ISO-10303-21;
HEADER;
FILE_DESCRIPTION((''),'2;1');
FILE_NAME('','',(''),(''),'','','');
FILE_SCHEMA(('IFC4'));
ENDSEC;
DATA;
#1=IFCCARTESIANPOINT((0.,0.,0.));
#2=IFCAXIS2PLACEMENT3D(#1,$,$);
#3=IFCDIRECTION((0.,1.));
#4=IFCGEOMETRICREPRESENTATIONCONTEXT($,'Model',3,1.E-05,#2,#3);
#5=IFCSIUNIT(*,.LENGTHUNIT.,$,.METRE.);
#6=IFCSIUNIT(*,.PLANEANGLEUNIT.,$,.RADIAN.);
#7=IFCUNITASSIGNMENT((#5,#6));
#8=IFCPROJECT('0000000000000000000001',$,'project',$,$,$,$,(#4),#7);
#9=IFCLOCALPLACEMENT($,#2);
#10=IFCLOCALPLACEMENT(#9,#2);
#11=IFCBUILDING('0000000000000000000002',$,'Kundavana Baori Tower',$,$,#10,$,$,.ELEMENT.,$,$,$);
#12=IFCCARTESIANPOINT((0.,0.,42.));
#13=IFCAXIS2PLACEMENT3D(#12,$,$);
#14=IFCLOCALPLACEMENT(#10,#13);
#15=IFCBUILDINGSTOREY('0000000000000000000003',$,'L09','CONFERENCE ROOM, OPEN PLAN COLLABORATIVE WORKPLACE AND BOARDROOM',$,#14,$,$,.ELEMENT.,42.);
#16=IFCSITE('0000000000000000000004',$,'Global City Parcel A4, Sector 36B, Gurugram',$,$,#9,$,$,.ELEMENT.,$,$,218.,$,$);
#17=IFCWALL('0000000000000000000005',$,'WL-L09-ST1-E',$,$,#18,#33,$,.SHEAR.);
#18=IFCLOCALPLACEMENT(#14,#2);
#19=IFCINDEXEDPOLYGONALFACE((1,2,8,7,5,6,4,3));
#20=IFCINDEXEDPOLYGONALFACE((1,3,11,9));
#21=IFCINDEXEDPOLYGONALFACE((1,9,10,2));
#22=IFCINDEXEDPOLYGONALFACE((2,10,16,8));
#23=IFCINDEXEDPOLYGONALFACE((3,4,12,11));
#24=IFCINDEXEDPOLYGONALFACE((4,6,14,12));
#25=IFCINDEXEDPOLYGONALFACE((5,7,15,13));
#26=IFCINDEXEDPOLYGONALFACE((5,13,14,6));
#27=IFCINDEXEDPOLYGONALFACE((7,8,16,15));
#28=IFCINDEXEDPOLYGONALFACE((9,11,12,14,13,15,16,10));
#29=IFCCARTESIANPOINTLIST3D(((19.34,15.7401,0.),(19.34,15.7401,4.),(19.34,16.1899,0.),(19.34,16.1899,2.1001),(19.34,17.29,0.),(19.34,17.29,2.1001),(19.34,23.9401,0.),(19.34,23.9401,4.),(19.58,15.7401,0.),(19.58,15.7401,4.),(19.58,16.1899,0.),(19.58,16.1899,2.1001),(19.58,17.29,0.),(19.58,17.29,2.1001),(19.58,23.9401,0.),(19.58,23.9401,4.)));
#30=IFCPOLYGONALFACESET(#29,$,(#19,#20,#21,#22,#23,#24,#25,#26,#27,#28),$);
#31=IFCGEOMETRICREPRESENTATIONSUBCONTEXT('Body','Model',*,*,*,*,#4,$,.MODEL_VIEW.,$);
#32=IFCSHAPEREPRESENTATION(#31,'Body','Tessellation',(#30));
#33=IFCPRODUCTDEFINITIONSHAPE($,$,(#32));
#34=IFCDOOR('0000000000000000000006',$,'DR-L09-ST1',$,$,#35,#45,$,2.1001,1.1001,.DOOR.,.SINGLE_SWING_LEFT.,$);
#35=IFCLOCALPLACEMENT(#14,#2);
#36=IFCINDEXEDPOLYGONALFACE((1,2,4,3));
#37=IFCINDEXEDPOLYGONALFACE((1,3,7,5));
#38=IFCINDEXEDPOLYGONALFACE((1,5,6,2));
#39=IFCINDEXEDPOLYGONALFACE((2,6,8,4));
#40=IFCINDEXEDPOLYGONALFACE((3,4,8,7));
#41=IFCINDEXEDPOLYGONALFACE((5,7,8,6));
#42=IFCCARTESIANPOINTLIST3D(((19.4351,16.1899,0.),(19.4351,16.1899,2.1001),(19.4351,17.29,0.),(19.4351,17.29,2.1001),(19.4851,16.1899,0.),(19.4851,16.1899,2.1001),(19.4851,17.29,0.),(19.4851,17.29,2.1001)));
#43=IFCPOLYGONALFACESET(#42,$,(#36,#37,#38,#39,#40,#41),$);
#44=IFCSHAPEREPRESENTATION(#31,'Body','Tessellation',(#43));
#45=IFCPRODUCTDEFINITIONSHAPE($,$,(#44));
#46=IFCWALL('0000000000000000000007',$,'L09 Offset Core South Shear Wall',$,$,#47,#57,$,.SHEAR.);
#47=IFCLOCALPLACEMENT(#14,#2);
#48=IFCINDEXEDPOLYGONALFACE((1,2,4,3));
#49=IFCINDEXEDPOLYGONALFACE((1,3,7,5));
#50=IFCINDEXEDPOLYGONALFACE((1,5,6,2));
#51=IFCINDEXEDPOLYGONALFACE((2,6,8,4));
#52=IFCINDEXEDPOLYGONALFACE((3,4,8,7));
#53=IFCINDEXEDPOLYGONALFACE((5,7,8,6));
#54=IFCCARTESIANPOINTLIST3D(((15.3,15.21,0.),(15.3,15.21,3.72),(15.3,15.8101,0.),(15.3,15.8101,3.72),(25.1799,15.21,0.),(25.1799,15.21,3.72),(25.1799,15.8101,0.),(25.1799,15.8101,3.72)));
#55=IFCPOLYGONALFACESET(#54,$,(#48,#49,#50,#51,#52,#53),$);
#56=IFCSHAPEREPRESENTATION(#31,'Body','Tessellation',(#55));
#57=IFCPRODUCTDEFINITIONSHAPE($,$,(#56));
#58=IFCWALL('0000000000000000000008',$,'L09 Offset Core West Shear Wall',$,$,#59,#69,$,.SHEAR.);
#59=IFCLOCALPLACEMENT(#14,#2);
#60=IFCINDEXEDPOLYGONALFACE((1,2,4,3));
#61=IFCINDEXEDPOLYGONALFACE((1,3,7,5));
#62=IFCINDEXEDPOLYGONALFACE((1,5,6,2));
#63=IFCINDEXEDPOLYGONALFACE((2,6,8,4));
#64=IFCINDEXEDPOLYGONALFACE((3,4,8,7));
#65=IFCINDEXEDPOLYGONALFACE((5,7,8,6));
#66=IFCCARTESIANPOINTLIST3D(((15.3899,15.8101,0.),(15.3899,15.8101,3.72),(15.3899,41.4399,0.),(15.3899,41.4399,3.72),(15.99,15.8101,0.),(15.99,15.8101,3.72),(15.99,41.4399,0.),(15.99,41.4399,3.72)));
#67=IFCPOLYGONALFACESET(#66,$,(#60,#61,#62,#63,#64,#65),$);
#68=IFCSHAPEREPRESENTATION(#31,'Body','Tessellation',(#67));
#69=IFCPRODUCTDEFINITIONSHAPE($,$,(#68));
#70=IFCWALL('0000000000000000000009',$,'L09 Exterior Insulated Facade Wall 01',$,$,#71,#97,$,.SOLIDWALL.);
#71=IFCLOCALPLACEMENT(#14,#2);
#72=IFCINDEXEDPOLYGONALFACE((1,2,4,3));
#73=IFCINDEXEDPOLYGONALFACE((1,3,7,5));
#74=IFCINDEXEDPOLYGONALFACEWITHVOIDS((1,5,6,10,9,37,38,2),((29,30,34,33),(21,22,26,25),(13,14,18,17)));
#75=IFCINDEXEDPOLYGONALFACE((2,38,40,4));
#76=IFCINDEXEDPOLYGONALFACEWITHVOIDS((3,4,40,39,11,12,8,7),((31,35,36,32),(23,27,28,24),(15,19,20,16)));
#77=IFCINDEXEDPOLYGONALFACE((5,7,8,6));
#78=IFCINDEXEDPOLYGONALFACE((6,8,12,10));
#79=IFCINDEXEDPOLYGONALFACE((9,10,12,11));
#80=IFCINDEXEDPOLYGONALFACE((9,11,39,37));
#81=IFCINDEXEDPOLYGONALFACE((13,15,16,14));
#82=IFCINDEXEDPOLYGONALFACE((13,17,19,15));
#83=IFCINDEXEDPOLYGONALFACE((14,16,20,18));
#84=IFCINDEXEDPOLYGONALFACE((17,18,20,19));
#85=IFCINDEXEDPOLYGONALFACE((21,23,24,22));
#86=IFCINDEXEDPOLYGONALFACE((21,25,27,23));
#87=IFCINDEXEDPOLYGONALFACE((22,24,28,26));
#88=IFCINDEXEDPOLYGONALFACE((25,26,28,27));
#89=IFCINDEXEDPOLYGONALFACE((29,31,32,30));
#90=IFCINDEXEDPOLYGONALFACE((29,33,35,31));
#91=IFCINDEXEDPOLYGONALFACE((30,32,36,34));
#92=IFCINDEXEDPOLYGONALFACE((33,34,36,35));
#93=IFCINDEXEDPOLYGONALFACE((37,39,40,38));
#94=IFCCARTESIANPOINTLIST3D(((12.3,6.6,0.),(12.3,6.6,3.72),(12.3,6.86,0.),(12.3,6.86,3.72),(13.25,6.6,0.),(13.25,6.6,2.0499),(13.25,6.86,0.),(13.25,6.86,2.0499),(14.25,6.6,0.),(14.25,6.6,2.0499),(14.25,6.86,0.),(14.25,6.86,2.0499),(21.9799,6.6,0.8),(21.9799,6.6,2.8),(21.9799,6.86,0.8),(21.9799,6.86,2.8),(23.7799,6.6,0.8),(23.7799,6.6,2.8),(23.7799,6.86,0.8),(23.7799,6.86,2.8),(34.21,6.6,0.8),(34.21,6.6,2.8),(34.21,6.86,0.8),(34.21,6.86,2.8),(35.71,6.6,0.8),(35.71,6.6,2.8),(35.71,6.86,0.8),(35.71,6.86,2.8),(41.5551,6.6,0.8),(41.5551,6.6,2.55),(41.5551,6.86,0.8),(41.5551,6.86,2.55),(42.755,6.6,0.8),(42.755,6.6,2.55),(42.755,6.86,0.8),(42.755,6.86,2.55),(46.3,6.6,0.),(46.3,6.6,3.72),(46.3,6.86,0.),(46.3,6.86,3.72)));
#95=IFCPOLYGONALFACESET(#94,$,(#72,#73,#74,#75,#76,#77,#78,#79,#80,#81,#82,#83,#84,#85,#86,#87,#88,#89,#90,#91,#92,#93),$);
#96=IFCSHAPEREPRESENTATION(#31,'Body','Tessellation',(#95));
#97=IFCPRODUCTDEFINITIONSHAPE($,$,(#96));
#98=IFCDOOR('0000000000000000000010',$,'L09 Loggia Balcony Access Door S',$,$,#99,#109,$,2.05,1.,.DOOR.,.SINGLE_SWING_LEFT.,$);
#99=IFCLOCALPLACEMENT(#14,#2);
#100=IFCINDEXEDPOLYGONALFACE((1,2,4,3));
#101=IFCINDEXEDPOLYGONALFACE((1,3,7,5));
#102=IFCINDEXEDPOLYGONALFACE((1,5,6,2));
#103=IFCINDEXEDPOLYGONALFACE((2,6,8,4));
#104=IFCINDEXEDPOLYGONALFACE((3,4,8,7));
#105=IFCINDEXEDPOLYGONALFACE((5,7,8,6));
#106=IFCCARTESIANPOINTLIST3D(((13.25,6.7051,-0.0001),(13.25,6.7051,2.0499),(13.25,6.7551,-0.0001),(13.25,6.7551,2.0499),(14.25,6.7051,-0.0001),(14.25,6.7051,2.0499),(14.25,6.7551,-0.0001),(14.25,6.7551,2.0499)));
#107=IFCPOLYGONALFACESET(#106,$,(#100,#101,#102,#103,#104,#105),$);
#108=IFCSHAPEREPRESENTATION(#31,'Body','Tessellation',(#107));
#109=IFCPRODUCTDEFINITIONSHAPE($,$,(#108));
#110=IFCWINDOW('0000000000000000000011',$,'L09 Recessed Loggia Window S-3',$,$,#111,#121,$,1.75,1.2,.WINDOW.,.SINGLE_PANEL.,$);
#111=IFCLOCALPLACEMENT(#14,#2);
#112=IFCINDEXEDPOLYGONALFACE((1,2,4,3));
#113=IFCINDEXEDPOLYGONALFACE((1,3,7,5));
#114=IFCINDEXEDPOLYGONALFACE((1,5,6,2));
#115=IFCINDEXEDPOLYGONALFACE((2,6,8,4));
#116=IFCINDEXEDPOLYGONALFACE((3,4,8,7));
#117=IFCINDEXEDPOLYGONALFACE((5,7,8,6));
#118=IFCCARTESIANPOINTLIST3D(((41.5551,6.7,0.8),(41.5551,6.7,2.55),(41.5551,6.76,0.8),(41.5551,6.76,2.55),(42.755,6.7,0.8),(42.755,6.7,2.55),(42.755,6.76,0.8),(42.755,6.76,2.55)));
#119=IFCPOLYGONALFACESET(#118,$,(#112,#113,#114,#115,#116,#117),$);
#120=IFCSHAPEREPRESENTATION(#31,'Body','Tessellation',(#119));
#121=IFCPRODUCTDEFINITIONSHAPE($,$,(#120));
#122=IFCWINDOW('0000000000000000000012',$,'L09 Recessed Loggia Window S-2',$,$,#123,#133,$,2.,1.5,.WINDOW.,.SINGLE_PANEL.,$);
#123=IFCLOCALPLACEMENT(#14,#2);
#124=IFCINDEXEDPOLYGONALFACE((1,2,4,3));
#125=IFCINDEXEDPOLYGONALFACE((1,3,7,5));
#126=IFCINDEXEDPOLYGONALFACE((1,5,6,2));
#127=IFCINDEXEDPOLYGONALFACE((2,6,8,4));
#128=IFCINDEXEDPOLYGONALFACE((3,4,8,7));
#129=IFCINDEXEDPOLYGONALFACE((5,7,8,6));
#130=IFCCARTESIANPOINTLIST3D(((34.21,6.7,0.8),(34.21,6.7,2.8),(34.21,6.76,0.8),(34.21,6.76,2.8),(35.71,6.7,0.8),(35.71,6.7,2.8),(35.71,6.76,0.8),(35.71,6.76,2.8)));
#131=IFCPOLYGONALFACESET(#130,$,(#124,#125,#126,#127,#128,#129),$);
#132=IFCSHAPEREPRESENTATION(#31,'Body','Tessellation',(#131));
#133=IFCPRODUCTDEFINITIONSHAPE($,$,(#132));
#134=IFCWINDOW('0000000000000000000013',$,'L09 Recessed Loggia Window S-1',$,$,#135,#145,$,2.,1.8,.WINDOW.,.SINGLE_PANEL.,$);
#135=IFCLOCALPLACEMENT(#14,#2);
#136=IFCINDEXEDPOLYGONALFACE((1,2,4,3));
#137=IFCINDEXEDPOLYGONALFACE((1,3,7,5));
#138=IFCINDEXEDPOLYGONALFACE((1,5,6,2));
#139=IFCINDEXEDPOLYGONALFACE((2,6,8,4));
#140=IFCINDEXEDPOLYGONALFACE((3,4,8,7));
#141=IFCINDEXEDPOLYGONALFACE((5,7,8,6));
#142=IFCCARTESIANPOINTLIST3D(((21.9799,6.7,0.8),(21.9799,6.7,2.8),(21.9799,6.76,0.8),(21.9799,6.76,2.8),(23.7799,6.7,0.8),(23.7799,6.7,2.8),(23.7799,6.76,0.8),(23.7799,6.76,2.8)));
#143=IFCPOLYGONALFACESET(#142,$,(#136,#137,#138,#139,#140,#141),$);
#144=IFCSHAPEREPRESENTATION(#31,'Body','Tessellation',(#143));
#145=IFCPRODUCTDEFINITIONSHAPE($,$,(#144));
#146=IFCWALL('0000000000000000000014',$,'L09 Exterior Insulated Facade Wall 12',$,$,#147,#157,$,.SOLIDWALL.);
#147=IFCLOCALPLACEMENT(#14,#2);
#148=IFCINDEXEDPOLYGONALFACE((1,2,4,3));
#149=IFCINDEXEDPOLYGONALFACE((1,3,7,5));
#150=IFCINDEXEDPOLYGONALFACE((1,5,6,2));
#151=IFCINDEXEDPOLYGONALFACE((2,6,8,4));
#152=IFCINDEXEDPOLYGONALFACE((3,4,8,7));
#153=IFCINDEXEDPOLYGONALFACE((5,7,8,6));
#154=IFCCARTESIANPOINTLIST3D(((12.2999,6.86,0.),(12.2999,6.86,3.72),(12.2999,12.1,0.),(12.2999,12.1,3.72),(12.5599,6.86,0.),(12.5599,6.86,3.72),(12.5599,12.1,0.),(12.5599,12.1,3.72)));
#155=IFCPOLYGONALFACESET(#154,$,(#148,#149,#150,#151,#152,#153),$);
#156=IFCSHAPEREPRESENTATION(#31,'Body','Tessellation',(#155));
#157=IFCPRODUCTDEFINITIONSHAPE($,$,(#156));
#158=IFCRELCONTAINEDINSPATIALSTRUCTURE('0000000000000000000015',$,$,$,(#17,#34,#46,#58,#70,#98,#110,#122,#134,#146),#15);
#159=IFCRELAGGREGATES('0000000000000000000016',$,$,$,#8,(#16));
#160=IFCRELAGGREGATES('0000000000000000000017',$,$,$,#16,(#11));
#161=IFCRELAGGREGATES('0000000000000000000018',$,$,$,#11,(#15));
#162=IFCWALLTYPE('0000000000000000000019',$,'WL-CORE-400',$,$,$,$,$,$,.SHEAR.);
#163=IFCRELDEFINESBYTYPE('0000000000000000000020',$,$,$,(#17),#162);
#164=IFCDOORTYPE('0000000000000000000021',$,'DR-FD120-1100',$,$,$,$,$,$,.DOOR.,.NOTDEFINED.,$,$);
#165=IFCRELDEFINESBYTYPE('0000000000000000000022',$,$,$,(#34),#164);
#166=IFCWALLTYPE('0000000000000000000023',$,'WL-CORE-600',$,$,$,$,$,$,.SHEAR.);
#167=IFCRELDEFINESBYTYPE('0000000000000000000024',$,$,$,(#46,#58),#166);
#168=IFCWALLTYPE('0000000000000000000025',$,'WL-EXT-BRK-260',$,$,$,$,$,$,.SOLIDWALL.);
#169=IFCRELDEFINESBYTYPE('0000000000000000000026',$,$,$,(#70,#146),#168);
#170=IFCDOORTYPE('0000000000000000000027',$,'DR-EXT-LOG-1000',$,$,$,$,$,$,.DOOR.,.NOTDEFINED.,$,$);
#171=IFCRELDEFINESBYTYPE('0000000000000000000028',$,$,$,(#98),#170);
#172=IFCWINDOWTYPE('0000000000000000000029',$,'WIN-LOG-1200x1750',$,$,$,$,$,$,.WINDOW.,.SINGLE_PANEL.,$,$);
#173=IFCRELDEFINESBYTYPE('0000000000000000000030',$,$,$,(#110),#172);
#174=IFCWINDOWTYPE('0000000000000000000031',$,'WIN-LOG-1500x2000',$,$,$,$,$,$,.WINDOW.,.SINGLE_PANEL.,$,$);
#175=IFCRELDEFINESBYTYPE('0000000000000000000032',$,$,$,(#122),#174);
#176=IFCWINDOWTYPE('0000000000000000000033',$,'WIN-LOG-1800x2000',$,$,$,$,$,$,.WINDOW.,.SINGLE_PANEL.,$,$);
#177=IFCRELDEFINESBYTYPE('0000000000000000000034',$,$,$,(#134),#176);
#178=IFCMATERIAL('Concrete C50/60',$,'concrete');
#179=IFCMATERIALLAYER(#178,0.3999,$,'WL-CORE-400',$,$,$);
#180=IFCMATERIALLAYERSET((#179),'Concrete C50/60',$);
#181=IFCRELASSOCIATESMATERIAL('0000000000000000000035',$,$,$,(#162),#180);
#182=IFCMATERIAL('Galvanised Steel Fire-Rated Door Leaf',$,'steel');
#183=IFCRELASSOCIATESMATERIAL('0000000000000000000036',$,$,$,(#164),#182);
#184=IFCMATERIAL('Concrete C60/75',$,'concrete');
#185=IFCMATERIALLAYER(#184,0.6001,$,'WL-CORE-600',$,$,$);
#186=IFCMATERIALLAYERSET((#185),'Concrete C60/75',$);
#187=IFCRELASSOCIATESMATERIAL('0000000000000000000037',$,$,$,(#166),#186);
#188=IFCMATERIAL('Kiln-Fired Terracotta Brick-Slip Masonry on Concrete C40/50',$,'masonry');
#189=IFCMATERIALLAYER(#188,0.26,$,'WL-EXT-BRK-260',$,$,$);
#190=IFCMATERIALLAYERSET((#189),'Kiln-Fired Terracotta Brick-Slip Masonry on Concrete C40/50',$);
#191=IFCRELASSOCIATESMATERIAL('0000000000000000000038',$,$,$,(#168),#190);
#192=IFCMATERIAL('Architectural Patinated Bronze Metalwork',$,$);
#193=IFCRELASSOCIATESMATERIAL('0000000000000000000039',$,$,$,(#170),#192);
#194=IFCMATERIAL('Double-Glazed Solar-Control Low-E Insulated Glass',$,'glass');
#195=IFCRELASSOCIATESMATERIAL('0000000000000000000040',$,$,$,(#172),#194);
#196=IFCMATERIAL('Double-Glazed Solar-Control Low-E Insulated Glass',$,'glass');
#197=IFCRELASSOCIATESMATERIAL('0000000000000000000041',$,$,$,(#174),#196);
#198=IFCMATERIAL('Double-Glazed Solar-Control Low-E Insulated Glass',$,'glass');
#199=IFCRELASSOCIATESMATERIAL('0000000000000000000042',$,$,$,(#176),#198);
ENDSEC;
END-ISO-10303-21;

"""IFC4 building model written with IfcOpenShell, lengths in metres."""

from ifc_helpers import new_model, si_unit, direction, frame, frame_2d, origin, place, context, subcontext, project, spatial, rectangle, extrude, material, layer, layer_set, type_object, element, fill, save


model = new_model("IFC4")

# Units and contexts
model_context = context("Model", 3, precision=1e-05, world=origin(), true_north=direction((0.0, 1.0)))
body_context = subcontext(model_context, "Body", "Model", "MODEL_VIEW")
ifc_project = project(units=[si_unit("LENGTHUNIT", "METRE"), si_unit("PLANEANGLEUNIT", "RADIAN")], contexts=[model_context])

# Site, building, storey
site_placement = place(None, origin())
site = spatial("IfcSite", under=ifc_project, at=site_placement, Name="Global City Parcel A4, Sector 36B, Gurugram", CompositionType="ELEMENT", RefElevation=218.0)
building_placement = place(site_placement, origin())
building = spatial("IfcBuilding", under=site, at=building_placement, Name="Kundavana Baori Tower", CompositionType="ELEMENT")
storey_placement = place(building_placement, frame((0.0, 0.0, 42.0)))
storey = spatial("IfcBuildingStorey", under=building, at=storey_placement, Name="L09", Description="CONFERENCE ROOM, OPEN PLAN COLLABORATIVE WORKPLACE AND BOARDROOM", CompositionType="ELEMENT", Elevation=42.0)

# Wall, opening, door
ifc_material_1 = material(Name="Concrete C50/60", Category="concrete")
ifc_layer_1 = layer(ifc_material_1, 0.3999, Name="WL-CORE-400")
ifc_layer_set_1 = layer_set([ifc_layer_1], Name="Concrete C50/60")
wall_type_1 = type_object("IfcWallType", Name="WL-CORE-400", PredefinedType="SHEAR", material=ifc_layer_set_1)
wall_1_placement = place(storey_placement, frame((19.46, 15.74, 0.0), z_axis=(0.0, 0.0, 1.0), x_axis=(0.0, 1.0, 0.0)))
wall_1 = element("IfcWall", 1, at=wall_1_placement, inside=storey, type_object=wall_type_1, Name="WL-L09-ST1-E", PredefinedType="SHEAR", context=body_context, shape_type="SweptSolid", body=[
    extrude(rectangle(XDim=8.2, YDim=0.24, at=frame_2d((4.1001, 0.0))), origin(), (0.0, 0.0, 1.0), 4.0),
])
opening_1_placement = place(wall_1_placement, frame((0.45, 0.0, 0.0)))
opening_1 = element("IfcOpeningElement", 2, at=opening_1_placement, cuts=wall_1, PredefinedType="OPENING", context=body_context, shape_type="SweptSolid", body=[
    extrude(rectangle(XDim=1.1001, YDim=2.1001, at=frame_2d((0.55, 1.05))), frame((0.0, 0.1299, 0.0), z_axis=(0.0, -1.0, 0.0), x_axis=(1.0, 0.0, 0.0)), (0.0, 0.0, 1.0), 0.26),
])
ifc_material_2 = material(Name="Galvanised Steel Fire-Rated Door Leaf", Category="steel")
door_type_1 = type_object("IfcDoorType", Name="DR-FD120-1100", OperationType="NOTDEFINED", PredefinedType="DOOR", material=ifc_material_2)
door_1_placement = place(opening_1_placement, origin())
door_1 = element("IfcDoor", 3, at=door_1_placement, inside=storey, type_object=door_type_1, Name="DR-L09-ST1", OperationType="SINGLE_SWING_LEFT", OverallHeight=2.1001, OverallWidth=1.1001, PredefinedType="DOOR", context=body_context, shape_type="SweptSolid", body=[
    extrude(rectangle(XDim=1.1001, YDim=2.1001, at=frame_2d((0.55, 1.05))), frame((0.0, 0.0249, 0.0), z_axis=(0.0, -1.0, 0.0), x_axis=(1.0, 0.0, 0.0)), (0.0, 0.0, 1.0), 0.05),
])
fill(opening_1, door_1)

# Walls
ifc_material_3 = material(Name="Concrete C60/75", Category="concrete")
ifc_layer_2 = layer(ifc_material_3, 0.6001, Name="WL-CORE-600")
ifc_layer_set_2 = layer_set([ifc_layer_2], Name="Concrete C60/75")
wall_type_2 = type_object("IfcWallType", Name="WL-CORE-600", PredefinedType="SHEAR", material=ifc_layer_set_2)
wall_2_placement = place(storey_placement, frame((15.3, 15.51, 0.0), z_axis=(0.0, 0.0, 1.0), x_axis=(1.0, 0.0, 0.0)))
element("IfcWall", 4, at=wall_2_placement, inside=storey, type_object=wall_type_2, Name="L09 Offset Core South Shear Wall", PredefinedType="SHEAR", context=body_context, shape_type="SweptSolid", body=[
    extrude(rectangle(XDim=9.8799, YDim=0.6001, at=frame_2d((4.9399, 0.0))), origin(), (0.0, 0.0, 1.0), 3.72),
])
wall_3_placement = place(storey_placement, frame((15.6899, 15.8101, 0.0), z_axis=(0.0, 0.0, 1.0), x_axis=(0.0, 1.0, 0.0)))
element("IfcWall", 5, at=wall_3_placement, inside=storey, type_object=wall_type_2, Name="L09 Offset Core West Shear Wall", PredefinedType="SHEAR", context=body_context, shape_type="SweptSolid", body=[
    extrude(rectangle(XDim=25.6299, YDim=0.6001, at=frame_2d((12.8149, 0.0))), origin(), (0.0, 0.0, 1.0), 3.72),
])

# Wall, openings, door, windows
ifc_material_4 = material(Name="Kiln-Fired Terracotta Brick-Slip Masonry on Concrete C40/50", Category="masonry")
ifc_layer_3 = layer(ifc_material_4, 0.26, Name="WL-EXT-BRK-260")
ifc_layer_set_3 = layer_set([ifc_layer_3], Name="Kiln-Fired Terracotta Brick-Slip Masonry on Concrete C40/50")
wall_type_3 = type_object("IfcWallType", Name="WL-EXT-BRK-260", PredefinedType="SOLIDWALL", material=ifc_layer_set_3)
wall_4_placement = place(storey_placement, frame((12.3, 6.73, 0.0), z_axis=(0.0, 0.0, 1.0), x_axis=(1.0, 0.0, 0.0)))
wall_4 = element("IfcWall", 6, at=wall_4_placement, inside=storey, type_object=wall_type_3, Name="L09 Exterior Insulated Facade Wall 01", PredefinedType="SOLIDWALL", context=body_context, shape_type="SweptSolid", body=[
    extrude(rectangle(XDim=34.0, YDim=0.26, at=frame_2d((17.0, 0.0))), origin(), (0.0, 0.0, 1.0), 3.72),
])
opening_2_placement = place(wall_4_placement, frame((0.95, 0.0, 0.0)))
opening_2 = element("IfcOpeningElement", 7, at=opening_2_placement, cuts=wall_4, PredefinedType="OPENING", context=body_context, shape_type="SweptSolid", body=[
    extrude(rectangle(XDim=1.0, YDim=2.05, at=frame_2d((0.5, 1.0249))), frame((0.0, 0.1401, 0.0), z_axis=(0.0, -1.0, 0.0), x_axis=(1.0, 0.0, 0.0)), (0.0, 0.0, 1.0), 0.28),
])
opening_3_placement = place(wall_4_placement, frame((9.6799, 0.0, 0.8)))
opening_3 = element("IfcOpeningElement", 8, at=opening_3_placement, cuts=wall_4, PredefinedType="OPENING", context=body_context, shape_type="SweptSolid", body=[
    extrude(rectangle(XDim=1.8, YDim=2.0, at=frame_2d((0.8999, 1.0))), frame((0.0, 0.1401, 0.0), z_axis=(0.0, -1.0, 0.0), x_axis=(1.0, 0.0, 0.0)), (0.0, 0.0, 1.0), 0.28),
])
opening_4_placement = place(wall_4_placement, frame((21.9099, 0.0, 0.8)))
opening_4 = element("IfcOpeningElement", 9, at=opening_4_placement, cuts=wall_4, PredefinedType="OPENING", context=body_context, shape_type="SweptSolid", body=[
    extrude(rectangle(XDim=1.5, YDim=2.0, at=frame_2d((0.75, 1.0))), frame((0.0, 0.1401, 0.0), z_axis=(0.0, -1.0, 0.0), x_axis=(1.0, 0.0, 0.0)), (0.0, 0.0, 1.0), 0.28),
])
opening_5_placement = place(wall_4_placement, frame((29.2549, 0.0, 0.8)))
opening_5 = element("IfcOpeningElement", 10, at=opening_5_placement, cuts=wall_4, PredefinedType="OPENING", context=body_context, shape_type="SweptSolid", body=[
    extrude(rectangle(XDim=1.2, YDim=1.75, at=frame_2d((0.6001, 0.875))), frame((0.0, 0.1401, 0.0), z_axis=(0.0, -1.0, 0.0), x_axis=(1.0, 0.0, 0.0)), (0.0, 0.0, 1.0), 0.28),
])
ifc_material_5 = material(Name="Architectural Patinated Bronze Metalwork")
door_type_2 = type_object("IfcDoorType", Name="DR-EXT-LOG-1000", OperationType="NOTDEFINED", PredefinedType="DOOR", material=ifc_material_5)
door_2_placement = place(opening_2_placement, frame((1.0, 0.0, 0.0), z_axis=(0.0, 0.0, 1.0), x_axis=(-1.0, 0.0, 0.0)))
door_2 = element("IfcDoor", 11, at=door_2_placement, inside=storey, type_object=door_type_2, Name="L09 Loggia Balcony Access Door S", OperationType="SINGLE_SWING_LEFT", OverallHeight=2.05, OverallWidth=1.0, PredefinedType="DOOR", context=body_context, shape_type="SweptSolid", body=[
    extrude(rectangle(XDim=1.0, YDim=2.05, at=frame_2d((0.5, 1.0249))), frame((0.0, 0.0249, 0.0), z_axis=(0.0, -1.0, 0.0), x_axis=(1.0, 0.0, 0.0)), (0.0, 0.0, 1.0), 0.05),
])
fill(opening_2, door_2)
ifc_material_6 = material(Name="Double-Glazed Solar-Control Low-E Insulated Glass", Category="glass")
window_type_1 = type_object("IfcWindowType", Name="WIN-LOG-1200x1750", PartitioningType="SINGLE_PANEL", PredefinedType="WINDOW", material=ifc_material_6)
window_1_placement = place(opening_5_placement, origin())
window_1 = element("IfcWindow", 12, at=window_1_placement, inside=storey, type_object=window_type_1, Name="L09 Recessed Loggia Window S-3", OverallHeight=1.75, OverallWidth=1.2, PartitioningType="SINGLE_PANEL", PredefinedType="WINDOW", context=body_context, shape_type="SweptSolid", body=[
    extrude(rectangle(XDim=1.2, YDim=1.75, at=frame_2d((0.6001, 0.875))), frame((0.0, 0.03, 0.0), z_axis=(0.0, -1.0, 0.0), x_axis=(1.0, 0.0, 0.0)), (0.0, 0.0, 1.0), 0.0601),
])
fill(opening_5, window_1)
ifc_material_7 = material(Name="Double-Glazed Solar-Control Low-E Insulated Glass", Category="glass")
window_type_2 = type_object("IfcWindowType", Name="WIN-LOG-1500x2000", PartitioningType="SINGLE_PANEL", PredefinedType="WINDOW", material=ifc_material_7)
window_2_placement = place(opening_4_placement, origin())
window_2 = element("IfcWindow", 13, at=window_2_placement, inside=storey, type_object=window_type_2, Name="L09 Recessed Loggia Window S-2", OverallHeight=2.0, OverallWidth=1.5, PartitioningType="SINGLE_PANEL", PredefinedType="WINDOW", context=body_context, shape_type="SweptSolid", body=[
    extrude(rectangle(XDim=1.5, YDim=2.0, at=frame_2d((0.75, 1.0))), frame((0.0, 0.03, 0.0), z_axis=(0.0, -1.0, 0.0), x_axis=(1.0, 0.0, 0.0)), (0.0, 0.0, 1.0), 0.0601),
])
fill(opening_4, window_2)
ifc_material_8 = material(Name="Double-Glazed Solar-Control Low-E Insulated Glass", Category="glass")
window_type_3 = type_object("IfcWindowType", Name="WIN-LOG-1800x2000", PartitioningType="SINGLE_PANEL", PredefinedType="WINDOW", material=ifc_material_8)
window_3_placement = place(opening_3_placement, origin())
window_3 = element("IfcWindow", 14, at=window_3_placement, inside=storey, type_object=window_type_3, Name="L09 Recessed Loggia Window S-1", OverallHeight=2.0, OverallWidth=1.8, PartitioningType="SINGLE_PANEL", PredefinedType="WINDOW", context=body_context, shape_type="SweptSolid", body=[
    extrude(rectangle(XDim=1.8, YDim=2.0, at=frame_2d((0.8999, 1.0))), frame((0.0, 0.03, 0.0), z_axis=(0.0, -1.0, 0.0), x_axis=(1.0, 0.0, 0.0)), (0.0, 0.0, 1.0), 0.0601),
])
fill(opening_3, window_3)

# Wall
wall_5_placement = place(storey_placement, frame((12.4299, 12.1001, 0.0), z_axis=(0.0, 0.0, 1.0), x_axis=(0.0, -1.0, 0.0)))
element("IfcWall", 15, at=wall_5_placement, inside=storey, type_object=wall_type_3, Name="L09 Exterior Insulated Facade Wall 12", PredefinedType="SOLIDWALL", context=body_context, shape_type="SweptSolid", body=[
    extrude(rectangle(XDim=5.24, YDim=0.26, at=frame_2d((2.6201, 0.0))), origin(), (0.0, 0.0, 1.0), 3.72),
])

save(model, "model.ifc")
